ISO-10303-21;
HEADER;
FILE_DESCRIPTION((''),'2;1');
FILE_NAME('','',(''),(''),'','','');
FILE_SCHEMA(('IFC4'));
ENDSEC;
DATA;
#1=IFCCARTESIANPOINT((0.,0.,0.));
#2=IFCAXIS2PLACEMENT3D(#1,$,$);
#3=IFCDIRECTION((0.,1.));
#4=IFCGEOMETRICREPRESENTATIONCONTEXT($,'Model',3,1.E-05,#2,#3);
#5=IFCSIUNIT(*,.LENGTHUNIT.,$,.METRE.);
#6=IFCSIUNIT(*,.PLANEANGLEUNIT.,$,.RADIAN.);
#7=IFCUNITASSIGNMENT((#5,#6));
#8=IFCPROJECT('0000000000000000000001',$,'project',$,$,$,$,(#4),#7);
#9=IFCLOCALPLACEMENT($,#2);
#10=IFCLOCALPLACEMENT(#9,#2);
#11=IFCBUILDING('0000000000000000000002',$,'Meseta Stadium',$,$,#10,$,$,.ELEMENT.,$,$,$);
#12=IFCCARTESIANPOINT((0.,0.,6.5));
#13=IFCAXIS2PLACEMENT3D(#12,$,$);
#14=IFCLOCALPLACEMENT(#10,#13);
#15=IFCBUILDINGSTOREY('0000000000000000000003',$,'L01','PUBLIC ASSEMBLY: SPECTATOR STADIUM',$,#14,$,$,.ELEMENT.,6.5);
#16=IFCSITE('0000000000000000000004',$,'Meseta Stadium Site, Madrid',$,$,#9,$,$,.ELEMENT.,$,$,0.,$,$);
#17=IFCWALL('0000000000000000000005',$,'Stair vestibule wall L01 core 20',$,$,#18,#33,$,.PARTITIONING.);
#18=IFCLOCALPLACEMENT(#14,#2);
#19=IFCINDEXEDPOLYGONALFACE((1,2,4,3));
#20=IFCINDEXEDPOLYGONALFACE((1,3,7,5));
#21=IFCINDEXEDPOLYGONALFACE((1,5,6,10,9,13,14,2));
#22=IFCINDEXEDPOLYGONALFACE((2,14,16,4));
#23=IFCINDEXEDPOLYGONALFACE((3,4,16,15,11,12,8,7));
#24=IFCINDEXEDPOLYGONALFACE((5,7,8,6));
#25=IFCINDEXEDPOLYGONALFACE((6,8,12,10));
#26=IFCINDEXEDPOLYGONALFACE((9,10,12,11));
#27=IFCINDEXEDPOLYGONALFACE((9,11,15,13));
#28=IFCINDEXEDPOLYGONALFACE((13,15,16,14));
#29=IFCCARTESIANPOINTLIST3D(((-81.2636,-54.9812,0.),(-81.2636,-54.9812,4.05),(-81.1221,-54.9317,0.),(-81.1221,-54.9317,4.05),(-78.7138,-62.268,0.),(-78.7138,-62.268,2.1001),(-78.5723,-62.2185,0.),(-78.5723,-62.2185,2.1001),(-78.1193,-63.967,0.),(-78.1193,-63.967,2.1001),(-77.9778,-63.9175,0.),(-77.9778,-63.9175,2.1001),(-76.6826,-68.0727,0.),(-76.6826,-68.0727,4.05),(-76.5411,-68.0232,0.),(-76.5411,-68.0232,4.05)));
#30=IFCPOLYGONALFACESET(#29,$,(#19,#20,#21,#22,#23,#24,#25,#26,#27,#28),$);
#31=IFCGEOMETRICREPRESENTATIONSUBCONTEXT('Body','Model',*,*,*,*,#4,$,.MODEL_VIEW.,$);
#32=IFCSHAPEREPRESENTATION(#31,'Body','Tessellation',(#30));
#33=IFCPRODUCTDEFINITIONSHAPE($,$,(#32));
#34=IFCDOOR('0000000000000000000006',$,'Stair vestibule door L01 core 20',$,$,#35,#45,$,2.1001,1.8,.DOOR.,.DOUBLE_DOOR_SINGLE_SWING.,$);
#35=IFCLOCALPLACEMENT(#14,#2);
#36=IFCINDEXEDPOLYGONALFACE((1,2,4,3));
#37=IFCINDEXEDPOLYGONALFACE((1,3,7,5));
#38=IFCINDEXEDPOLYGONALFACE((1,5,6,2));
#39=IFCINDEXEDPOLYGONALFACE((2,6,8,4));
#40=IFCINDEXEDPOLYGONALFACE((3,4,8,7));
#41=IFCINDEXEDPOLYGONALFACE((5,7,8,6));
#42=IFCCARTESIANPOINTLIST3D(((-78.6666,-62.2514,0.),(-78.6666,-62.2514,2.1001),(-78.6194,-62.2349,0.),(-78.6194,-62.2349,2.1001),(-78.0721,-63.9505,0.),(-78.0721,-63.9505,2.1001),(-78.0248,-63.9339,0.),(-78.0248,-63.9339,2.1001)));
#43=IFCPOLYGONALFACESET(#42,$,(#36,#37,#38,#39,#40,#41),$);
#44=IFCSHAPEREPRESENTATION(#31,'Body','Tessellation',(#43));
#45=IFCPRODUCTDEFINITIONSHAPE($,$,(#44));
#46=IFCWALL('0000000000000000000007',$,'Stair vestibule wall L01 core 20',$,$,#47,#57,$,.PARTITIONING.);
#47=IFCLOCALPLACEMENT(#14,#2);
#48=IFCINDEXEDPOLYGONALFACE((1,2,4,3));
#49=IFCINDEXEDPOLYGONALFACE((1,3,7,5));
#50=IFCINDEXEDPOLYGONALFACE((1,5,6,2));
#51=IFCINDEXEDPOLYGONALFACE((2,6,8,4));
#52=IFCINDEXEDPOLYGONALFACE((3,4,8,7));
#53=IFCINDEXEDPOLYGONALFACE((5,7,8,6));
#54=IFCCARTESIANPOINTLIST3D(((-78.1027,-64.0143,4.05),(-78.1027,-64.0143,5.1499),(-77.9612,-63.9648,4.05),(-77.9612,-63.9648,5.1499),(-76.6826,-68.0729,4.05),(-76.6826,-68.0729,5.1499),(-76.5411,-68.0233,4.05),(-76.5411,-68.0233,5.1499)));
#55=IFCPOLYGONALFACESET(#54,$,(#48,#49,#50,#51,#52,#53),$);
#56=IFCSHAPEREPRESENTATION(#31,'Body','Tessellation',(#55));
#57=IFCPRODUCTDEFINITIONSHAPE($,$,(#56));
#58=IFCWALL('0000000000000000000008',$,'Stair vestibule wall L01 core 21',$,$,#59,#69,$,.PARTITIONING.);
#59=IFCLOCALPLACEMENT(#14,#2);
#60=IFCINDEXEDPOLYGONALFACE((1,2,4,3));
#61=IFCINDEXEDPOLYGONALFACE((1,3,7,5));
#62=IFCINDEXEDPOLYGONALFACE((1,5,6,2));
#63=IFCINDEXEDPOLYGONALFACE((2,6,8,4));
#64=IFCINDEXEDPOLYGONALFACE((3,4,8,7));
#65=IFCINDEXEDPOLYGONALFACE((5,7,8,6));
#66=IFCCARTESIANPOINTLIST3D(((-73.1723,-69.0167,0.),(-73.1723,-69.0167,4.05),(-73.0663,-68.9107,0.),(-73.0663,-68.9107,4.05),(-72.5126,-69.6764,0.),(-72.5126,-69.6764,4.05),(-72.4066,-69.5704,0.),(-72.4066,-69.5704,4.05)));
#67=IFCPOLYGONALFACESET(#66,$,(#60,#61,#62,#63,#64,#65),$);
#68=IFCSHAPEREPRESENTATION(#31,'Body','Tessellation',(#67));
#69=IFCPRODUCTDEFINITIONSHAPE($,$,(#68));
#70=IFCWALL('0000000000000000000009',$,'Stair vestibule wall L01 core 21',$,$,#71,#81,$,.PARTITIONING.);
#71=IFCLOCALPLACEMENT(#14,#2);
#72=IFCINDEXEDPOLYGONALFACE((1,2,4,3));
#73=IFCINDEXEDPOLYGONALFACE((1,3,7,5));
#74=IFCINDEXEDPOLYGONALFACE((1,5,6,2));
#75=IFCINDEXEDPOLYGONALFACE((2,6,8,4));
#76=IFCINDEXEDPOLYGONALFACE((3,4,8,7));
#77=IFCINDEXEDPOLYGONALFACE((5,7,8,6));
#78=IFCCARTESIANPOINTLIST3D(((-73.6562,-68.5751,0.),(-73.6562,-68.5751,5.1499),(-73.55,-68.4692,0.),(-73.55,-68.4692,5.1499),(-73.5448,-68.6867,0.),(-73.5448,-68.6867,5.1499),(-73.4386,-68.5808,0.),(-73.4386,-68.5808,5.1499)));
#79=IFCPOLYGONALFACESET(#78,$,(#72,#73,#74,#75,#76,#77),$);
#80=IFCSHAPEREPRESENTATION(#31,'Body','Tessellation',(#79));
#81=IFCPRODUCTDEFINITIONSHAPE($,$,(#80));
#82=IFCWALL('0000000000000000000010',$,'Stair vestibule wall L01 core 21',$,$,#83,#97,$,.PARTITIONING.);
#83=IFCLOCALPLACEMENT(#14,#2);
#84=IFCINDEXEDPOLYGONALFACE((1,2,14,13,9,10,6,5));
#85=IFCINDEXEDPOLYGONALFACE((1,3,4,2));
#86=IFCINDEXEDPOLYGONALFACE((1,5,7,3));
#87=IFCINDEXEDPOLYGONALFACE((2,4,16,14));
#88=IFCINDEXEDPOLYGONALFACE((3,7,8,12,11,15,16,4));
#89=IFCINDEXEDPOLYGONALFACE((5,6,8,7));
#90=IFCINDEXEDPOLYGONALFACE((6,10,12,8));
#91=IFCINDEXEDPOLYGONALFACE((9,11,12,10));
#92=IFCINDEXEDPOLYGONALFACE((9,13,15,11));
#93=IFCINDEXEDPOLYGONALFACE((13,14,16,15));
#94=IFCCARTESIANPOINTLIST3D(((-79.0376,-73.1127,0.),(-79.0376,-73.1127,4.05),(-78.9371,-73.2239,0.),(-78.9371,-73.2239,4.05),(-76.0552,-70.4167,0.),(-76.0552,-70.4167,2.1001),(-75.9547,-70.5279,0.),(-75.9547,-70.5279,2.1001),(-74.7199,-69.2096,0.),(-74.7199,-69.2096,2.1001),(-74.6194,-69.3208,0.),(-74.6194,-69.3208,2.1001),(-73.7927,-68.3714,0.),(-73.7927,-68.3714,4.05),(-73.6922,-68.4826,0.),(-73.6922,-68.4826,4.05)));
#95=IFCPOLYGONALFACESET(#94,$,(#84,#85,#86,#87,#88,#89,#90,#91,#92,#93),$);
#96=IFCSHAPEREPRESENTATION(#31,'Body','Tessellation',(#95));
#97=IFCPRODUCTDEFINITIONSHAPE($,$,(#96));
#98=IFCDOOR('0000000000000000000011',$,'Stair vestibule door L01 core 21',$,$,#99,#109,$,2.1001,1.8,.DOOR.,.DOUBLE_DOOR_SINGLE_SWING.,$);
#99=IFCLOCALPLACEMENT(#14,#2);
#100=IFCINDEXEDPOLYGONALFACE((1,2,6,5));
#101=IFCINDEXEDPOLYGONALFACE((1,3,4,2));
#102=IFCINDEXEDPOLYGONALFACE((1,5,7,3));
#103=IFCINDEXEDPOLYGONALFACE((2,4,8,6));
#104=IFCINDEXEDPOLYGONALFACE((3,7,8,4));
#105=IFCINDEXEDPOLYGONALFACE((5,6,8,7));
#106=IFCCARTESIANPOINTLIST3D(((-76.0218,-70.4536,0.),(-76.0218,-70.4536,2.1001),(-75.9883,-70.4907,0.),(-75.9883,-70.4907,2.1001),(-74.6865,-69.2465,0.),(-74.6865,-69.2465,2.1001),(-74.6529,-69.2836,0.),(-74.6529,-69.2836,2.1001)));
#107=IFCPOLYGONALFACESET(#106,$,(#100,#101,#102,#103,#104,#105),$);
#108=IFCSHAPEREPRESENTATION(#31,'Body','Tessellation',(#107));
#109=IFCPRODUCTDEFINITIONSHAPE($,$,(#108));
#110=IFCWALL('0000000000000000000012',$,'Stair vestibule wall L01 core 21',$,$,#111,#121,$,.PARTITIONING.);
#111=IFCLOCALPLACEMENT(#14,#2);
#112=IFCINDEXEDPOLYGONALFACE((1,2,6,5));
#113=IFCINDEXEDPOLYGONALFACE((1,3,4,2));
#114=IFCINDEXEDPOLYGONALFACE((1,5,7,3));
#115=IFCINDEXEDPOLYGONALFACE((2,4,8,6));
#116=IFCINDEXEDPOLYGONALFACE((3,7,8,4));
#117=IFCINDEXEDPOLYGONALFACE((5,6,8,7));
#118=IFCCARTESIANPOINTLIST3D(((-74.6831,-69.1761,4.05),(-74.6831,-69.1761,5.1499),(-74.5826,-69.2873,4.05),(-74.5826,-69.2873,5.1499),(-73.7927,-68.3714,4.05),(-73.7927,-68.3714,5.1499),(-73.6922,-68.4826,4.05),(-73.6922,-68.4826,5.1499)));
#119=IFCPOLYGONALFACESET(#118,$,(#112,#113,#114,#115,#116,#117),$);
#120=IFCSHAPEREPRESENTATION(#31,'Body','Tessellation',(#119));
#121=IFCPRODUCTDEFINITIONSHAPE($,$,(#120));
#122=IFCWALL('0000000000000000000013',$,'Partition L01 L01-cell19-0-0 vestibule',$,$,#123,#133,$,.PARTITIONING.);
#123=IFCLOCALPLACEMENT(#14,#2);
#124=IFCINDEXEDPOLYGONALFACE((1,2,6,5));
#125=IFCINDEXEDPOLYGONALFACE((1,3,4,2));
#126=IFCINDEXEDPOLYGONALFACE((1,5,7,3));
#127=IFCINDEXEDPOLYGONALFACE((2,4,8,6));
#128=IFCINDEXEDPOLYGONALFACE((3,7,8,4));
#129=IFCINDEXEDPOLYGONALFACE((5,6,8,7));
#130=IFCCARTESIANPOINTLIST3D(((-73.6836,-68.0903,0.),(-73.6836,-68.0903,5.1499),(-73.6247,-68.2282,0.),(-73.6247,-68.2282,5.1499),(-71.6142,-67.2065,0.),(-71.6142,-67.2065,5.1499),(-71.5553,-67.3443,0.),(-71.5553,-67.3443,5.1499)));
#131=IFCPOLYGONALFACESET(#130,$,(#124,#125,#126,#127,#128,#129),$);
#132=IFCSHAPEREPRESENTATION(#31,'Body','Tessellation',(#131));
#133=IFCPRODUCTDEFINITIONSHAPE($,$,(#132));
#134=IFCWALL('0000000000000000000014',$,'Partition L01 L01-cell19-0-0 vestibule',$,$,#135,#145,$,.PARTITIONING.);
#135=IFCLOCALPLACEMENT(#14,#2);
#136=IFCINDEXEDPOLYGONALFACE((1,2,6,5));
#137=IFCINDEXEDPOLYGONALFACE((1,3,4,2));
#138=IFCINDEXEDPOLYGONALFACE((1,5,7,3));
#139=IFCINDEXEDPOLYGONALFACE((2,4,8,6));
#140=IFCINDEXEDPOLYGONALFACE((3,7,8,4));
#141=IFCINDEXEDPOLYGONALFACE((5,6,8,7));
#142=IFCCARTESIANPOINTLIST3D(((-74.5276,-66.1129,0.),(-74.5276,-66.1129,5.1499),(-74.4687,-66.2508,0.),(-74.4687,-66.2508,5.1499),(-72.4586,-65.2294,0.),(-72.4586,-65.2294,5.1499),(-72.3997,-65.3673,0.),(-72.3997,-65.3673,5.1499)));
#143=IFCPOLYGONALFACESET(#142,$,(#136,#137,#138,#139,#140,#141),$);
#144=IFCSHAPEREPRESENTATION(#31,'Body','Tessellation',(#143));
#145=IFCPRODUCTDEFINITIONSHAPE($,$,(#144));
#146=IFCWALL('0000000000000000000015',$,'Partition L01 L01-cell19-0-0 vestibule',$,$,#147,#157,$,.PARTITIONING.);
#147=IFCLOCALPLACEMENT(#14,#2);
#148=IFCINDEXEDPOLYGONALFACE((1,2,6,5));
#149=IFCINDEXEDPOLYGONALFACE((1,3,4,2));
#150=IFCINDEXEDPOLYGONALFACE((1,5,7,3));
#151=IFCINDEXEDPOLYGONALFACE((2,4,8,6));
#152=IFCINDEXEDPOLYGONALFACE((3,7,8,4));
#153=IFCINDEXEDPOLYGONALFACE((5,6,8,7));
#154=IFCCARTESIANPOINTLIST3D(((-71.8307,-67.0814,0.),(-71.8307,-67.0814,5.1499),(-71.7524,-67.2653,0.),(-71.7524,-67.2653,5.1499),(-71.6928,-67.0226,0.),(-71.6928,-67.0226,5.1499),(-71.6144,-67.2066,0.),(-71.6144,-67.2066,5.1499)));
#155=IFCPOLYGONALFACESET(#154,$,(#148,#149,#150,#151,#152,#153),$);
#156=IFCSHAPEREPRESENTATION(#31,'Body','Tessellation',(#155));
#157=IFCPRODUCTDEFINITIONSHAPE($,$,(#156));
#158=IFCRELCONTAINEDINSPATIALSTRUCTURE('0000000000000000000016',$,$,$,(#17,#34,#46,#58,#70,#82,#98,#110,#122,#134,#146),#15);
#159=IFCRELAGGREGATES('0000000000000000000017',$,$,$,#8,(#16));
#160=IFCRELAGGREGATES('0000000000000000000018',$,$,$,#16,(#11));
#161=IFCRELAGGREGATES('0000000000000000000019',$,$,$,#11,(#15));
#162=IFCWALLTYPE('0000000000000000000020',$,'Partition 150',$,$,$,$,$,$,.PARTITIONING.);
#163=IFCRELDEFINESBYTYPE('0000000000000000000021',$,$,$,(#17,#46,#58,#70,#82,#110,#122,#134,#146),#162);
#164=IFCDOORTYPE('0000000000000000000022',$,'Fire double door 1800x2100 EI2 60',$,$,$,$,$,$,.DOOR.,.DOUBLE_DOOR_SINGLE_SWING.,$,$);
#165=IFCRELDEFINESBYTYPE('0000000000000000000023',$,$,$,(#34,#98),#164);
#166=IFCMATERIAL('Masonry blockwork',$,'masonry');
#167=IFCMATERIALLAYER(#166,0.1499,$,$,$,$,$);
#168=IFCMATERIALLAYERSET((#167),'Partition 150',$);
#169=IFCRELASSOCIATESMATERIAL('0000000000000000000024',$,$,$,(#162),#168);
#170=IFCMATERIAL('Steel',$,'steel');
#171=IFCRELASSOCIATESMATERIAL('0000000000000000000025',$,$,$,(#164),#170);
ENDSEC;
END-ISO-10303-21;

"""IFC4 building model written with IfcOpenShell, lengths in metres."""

from ifc_helpers import new_model, si_unit, direction, frame, frame_2d, origin, place, context, subcontext, project, spatial, rectangle, extrude, material, layer, layer_set, type_object, element, fill, save


model = new_model("IFC4")

# Units and contexts
model_context = context("Model", 3, precision=1e-05, world=origin(), true_north=direction((0.0, 1.0)))
body_context = subcontext(model_context, "Body", "Model", "MODEL_VIEW")
ifc_project = project(units=[si_unit("LENGTHUNIT", "METRE"), si_unit("PLANEANGLEUNIT", "RADIAN")], contexts=[model_context])

# Site, building, storey
site_placement = place(None, origin())
site = spatial("IfcSite", under=ifc_project, at=site_placement, Name="Meseta Stadium Site, Madrid", CompositionType="ELEMENT", RefElevation=0.0)
building_placement = place(site_placement, origin())
building = spatial("IfcBuilding", under=site, at=building_placement, Name="Meseta Stadium", CompositionType="ELEMENT")
storey_placement = place(building_placement, frame((0.0, 0.0, 6.5)))
storey = spatial("IfcBuildingStorey", under=building, at=storey_placement, Name="L01", Description="PUBLIC ASSEMBLY: SPECTATOR STADIUM", CompositionType="ELEMENT", Elevation=6.5)

# Shared definitions
ifc_material_1 = material(Name="Masonry blockwork", Category="masonry")
ifc_layer = layer(ifc_material_1, 0.1499)
ifc_layer_set = layer_set([ifc_layer], Name="Partition 150")
wall_type = type_object("IfcWallType", Name="Partition 150", PredefinedType="PARTITIONING", material=ifc_layer_set)

# Wall, opening, door
wall_1_placement = place(storey_placement, frame((-76.6118, -68.0481, 0.0), z_axis=(0.0, 0.0, 1.0), x_axis=(-0.330287, 0.943881, 0.0)))
wall_1 = element("IfcWall", 1, at=wall_1_placement, inside=storey, type_object=wall_type, Name="Stair vestibule wall L01 core 20", PredefinedType="PARTITIONING", context=body_context, shape_type="SweptSolid", body=[
    extrude(rectangle(XDim=13.8699, YDim=0.1499, at=frame_2d((6.9351, 0.0))), origin(), (0.0, 0.0, 1.0), 4.05),
])
opening_1_placement = place(wall_1_placement, frame((4.3501, 0.0, 0.0)))
opening_1 = element("IfcOpeningElement", 2, at=opening_1_placement, cuts=wall_1, PredefinedType="OPENING", context=body_context, shape_type="SweptSolid", body=[
    extrude(rectangle(XDim=1.8, YDim=2.1001, at=frame_2d((0.8999, 1.05))), frame((0.0, 0.085, 0.0), z_axis=(0.0, -1.0, 0.0), x_axis=(1.0, 0.0, 0.0)), (0.0, 0.0, 1.0), 0.1699),
])
ifc_material_2 = material(Name="Steel", Category="steel")
door_type_1 = type_object("IfcDoorType", Name="Fire double door 1800x2100 EI2 60", OperationType="DOUBLE_DOOR_SINGLE_SWING", PredefinedType="DOOR", material=ifc_material_2)
door_1_placement = place(opening_1_placement, origin())
door_1 = element("IfcDoor", 3, at=door_1_placement, inside=storey, type_object=door_type_1, Name="Stair vestibule door L01 core 20", OperationType="DOUBLE_DOOR_SINGLE_SWING", OverallHeight=2.1001, OverallWidth=1.8, PredefinedType="DOOR", context=body_context, shape_type="SweptSolid", body=[
    extrude(rectangle(XDim=1.8, YDim=2.1001, at=frame_2d((0.8999, 1.05))), frame((0.0, 0.0249, 0.0), z_axis=(0.0, -1.0, 0.0), x_axis=(1.0, 0.0, 0.0)), (0.0, 0.0, 1.0), 0.05),
])
fill(opening_1, door_1)

# Walls
wall_2_placement = place(storey_placement, frame((-76.6118, -68.0481, 4.05), z_axis=(0.0, 0.0, 1.0), x_axis=(-0.33028, 0.943883, 0.0)))
element("IfcWall", 4, at=wall_2_placement, inside=storey, type_object=wall_type, Name="Stair vestibule wall L01 core 20", PredefinedType="PARTITIONING", context=body_context, shape_type="SweptSolid", body=[
    extrude(rectangle(XDim=4.2998, YDim=0.1499, at=frame_2d((2.1499, 0.0))), origin(), (0.0, 0.0, 1.0), 1.0999),
])
wall_3_placement = place(storey_placement, frame((-72.4597, -69.6233, 0.0), z_axis=(0.0, 0.0, 1.0), x_axis=(-0.707107, 0.707107, 0.0)))
element("IfcWall", 5, at=wall_3_placement, inside=storey, type_object=wall_type, Name="Stair vestibule wall L01 core 21", PredefinedType="PARTITIONING", context=body_context, shape_type="SweptSolid", body=[
    extrude(rectangle(XDim=0.9329, YDim=0.1499, at=frame_2d((0.4663, 0.0))), origin(), (0.0, 0.0, 1.0), 4.05),
])
wall_4_placement = place(storey_placement, frame((-73.4917, -68.6338, 0.0), z_axis=(0.0, 0.0, 1.0), x_axis=(-0.706332, 0.707881, 0.0)))
element("IfcWall", 6, at=wall_4_placement, inside=storey, type_object=wall_type, Name="Stair vestibule wall L01 core 21", PredefinedType="PARTITIONING", context=body_context, shape_type="SweptSolid", body=[
    extrude(rectangle(XDim=0.1577, YDim=0.1499, at=frame_2d((0.0789, 0.0))), origin(), (0.0, 0.0, 1.0), 5.1499),
])

# Wall, opening, door
wall_5_placement = place(storey_placement, frame((-73.7424, -68.427, 0.0), z_axis=(0.0, 0.0, 1.0), x_axis=(-0.741828, -0.67059, 0.0)))
wall_5 = element("IfcWall", 7, at=wall_5_placement, inside=storey, type_object=wall_type, Name="Stair vestibule wall L01 core 21", PredefinedType="PARTITIONING", context=body_context, shape_type="SweptSolid", body=[
    extrude(rectangle(XDim=7.0703, YDim=0.1499, at=frame_2d((3.5352, 0.0))), origin(), (0.0, 0.0, 1.0), 4.05),
])
opening_2_placement = place(wall_5_placement, frame((1.25, 0.0, 0.0)))
opening_2 = element("IfcOpeningElement", 8, at=opening_2_placement, cuts=wall_5, PredefinedType="OPENING", context=body_context, shape_type="SweptSolid", body=[
    extrude(rectangle(XDim=1.8, YDim=2.1001, at=frame_2d((0.8999, 1.05))), frame((0.0, 0.085, 0.0), z_axis=(0.0, -1.0, 0.0), x_axis=(1.0, 0.0, 0.0)), (0.0, 0.0, 1.0), 0.1699),
])
door_2_placement = place(opening_2_placement, origin())
door_2 = element("IfcDoor", 9, at=door_2_placement, inside=storey, type_object=door_type_1, Name="Stair vestibule door L01 core 21", OperationType="DOUBLE_DOOR_SINGLE_SWING", OverallHeight=2.1001, OverallWidth=1.8, PredefinedType="DOOR", context=body_context, shape_type="SweptSolid", body=[
    extrude(rectangle(XDim=1.8, YDim=2.1001, at=frame_2d((0.8999, 1.05))), frame((0.0, 0.0249, 0.0), z_axis=(0.0, -1.0, 0.0), x_axis=(1.0, 0.0, 0.0)), (0.0, 0.0, 1.0), 0.05),
])
fill(opening_2, door_2)

# Walls
wall_6_placement = place(storey_placement, frame((-73.7424, -68.427, 4.05), z_axis=(0.0, 0.0, 1.0), x_axis=(-0.741907, -0.670503, 0.0)))
element("IfcWall", 10, at=wall_6_placement, inside=storey, type_object=wall_type, Name="Stair vestibule wall L01 core 21", PredefinedType="PARTITIONING", context=body_context, shape_type="SweptSolid", body=[
    extrude(rectangle(XDim=1.2002, YDim=0.1499, at=frame_2d((0.6001, 0.0))), origin(), (0.0, 0.0, 1.0), 1.0999),
])
wall_7_placement = place(storey_placement, frame((-73.6541, -68.1592, 0.0), z_axis=(0.0, 0.0, 1.0), x_axis=(0.919638, 0.392767, 0.0)))
element("IfcWall", 11, at=wall_7_placement, inside=storey, type_object=wall_type, Name="Partition L01 L01-cell19-0-0 vestibule", PredefinedType="PARTITIONING", context=body_context, shape_type="SweptSolid", body=[
    extrude(rectangle(XDim=2.2502, YDim=0.1499, at=frame_2d((1.125, 0.0))), origin(), (0.0, 0.0, 1.0), 5.1499),
])
wall_8_placement = place(storey_placement, frame((-74.4983, -66.1819, 0.0), z_axis=(0.0, 0.0, 1.0), x_axis=(0.919661, 0.392714, 0.0)))
element("IfcWall", 12, at=wall_8_placement, inside=storey, type_object=wall_type, Name="Partition L01 L01-cell19-0-0 vestibule", PredefinedType="PARTITIONING", context=body_context, shape_type="SweptSolid", body=[
    extrude(rectangle(XDim=2.2498, YDim=0.1499, at=frame_2d((1.125, 0.0))), origin(), (0.0, 0.0, 1.0), 5.1499),
])
wall_9_placement = place(storey_placement, frame((-71.6833, -67.2361, 0.0), z_axis=(0.0, 0.0, 1.0), x_axis=(-0.391709, 0.920089, 0.0)))
element("IfcWall", 13, at=wall_9_placement, inside=storey, type_object=wall_type, Name="Partition L01 L01-cell19-0-0 vestibule", PredefinedType="PARTITIONING", context=body_context, shape_type="SweptSolid", body=[
    extrude(rectangle(XDim=0.2, YDim=0.1499, at=frame_2d((0.1001, 0.0))), origin(), (0.0, 0.0, 1.0), 5.1499),
])

save(model, "model.ifc")
